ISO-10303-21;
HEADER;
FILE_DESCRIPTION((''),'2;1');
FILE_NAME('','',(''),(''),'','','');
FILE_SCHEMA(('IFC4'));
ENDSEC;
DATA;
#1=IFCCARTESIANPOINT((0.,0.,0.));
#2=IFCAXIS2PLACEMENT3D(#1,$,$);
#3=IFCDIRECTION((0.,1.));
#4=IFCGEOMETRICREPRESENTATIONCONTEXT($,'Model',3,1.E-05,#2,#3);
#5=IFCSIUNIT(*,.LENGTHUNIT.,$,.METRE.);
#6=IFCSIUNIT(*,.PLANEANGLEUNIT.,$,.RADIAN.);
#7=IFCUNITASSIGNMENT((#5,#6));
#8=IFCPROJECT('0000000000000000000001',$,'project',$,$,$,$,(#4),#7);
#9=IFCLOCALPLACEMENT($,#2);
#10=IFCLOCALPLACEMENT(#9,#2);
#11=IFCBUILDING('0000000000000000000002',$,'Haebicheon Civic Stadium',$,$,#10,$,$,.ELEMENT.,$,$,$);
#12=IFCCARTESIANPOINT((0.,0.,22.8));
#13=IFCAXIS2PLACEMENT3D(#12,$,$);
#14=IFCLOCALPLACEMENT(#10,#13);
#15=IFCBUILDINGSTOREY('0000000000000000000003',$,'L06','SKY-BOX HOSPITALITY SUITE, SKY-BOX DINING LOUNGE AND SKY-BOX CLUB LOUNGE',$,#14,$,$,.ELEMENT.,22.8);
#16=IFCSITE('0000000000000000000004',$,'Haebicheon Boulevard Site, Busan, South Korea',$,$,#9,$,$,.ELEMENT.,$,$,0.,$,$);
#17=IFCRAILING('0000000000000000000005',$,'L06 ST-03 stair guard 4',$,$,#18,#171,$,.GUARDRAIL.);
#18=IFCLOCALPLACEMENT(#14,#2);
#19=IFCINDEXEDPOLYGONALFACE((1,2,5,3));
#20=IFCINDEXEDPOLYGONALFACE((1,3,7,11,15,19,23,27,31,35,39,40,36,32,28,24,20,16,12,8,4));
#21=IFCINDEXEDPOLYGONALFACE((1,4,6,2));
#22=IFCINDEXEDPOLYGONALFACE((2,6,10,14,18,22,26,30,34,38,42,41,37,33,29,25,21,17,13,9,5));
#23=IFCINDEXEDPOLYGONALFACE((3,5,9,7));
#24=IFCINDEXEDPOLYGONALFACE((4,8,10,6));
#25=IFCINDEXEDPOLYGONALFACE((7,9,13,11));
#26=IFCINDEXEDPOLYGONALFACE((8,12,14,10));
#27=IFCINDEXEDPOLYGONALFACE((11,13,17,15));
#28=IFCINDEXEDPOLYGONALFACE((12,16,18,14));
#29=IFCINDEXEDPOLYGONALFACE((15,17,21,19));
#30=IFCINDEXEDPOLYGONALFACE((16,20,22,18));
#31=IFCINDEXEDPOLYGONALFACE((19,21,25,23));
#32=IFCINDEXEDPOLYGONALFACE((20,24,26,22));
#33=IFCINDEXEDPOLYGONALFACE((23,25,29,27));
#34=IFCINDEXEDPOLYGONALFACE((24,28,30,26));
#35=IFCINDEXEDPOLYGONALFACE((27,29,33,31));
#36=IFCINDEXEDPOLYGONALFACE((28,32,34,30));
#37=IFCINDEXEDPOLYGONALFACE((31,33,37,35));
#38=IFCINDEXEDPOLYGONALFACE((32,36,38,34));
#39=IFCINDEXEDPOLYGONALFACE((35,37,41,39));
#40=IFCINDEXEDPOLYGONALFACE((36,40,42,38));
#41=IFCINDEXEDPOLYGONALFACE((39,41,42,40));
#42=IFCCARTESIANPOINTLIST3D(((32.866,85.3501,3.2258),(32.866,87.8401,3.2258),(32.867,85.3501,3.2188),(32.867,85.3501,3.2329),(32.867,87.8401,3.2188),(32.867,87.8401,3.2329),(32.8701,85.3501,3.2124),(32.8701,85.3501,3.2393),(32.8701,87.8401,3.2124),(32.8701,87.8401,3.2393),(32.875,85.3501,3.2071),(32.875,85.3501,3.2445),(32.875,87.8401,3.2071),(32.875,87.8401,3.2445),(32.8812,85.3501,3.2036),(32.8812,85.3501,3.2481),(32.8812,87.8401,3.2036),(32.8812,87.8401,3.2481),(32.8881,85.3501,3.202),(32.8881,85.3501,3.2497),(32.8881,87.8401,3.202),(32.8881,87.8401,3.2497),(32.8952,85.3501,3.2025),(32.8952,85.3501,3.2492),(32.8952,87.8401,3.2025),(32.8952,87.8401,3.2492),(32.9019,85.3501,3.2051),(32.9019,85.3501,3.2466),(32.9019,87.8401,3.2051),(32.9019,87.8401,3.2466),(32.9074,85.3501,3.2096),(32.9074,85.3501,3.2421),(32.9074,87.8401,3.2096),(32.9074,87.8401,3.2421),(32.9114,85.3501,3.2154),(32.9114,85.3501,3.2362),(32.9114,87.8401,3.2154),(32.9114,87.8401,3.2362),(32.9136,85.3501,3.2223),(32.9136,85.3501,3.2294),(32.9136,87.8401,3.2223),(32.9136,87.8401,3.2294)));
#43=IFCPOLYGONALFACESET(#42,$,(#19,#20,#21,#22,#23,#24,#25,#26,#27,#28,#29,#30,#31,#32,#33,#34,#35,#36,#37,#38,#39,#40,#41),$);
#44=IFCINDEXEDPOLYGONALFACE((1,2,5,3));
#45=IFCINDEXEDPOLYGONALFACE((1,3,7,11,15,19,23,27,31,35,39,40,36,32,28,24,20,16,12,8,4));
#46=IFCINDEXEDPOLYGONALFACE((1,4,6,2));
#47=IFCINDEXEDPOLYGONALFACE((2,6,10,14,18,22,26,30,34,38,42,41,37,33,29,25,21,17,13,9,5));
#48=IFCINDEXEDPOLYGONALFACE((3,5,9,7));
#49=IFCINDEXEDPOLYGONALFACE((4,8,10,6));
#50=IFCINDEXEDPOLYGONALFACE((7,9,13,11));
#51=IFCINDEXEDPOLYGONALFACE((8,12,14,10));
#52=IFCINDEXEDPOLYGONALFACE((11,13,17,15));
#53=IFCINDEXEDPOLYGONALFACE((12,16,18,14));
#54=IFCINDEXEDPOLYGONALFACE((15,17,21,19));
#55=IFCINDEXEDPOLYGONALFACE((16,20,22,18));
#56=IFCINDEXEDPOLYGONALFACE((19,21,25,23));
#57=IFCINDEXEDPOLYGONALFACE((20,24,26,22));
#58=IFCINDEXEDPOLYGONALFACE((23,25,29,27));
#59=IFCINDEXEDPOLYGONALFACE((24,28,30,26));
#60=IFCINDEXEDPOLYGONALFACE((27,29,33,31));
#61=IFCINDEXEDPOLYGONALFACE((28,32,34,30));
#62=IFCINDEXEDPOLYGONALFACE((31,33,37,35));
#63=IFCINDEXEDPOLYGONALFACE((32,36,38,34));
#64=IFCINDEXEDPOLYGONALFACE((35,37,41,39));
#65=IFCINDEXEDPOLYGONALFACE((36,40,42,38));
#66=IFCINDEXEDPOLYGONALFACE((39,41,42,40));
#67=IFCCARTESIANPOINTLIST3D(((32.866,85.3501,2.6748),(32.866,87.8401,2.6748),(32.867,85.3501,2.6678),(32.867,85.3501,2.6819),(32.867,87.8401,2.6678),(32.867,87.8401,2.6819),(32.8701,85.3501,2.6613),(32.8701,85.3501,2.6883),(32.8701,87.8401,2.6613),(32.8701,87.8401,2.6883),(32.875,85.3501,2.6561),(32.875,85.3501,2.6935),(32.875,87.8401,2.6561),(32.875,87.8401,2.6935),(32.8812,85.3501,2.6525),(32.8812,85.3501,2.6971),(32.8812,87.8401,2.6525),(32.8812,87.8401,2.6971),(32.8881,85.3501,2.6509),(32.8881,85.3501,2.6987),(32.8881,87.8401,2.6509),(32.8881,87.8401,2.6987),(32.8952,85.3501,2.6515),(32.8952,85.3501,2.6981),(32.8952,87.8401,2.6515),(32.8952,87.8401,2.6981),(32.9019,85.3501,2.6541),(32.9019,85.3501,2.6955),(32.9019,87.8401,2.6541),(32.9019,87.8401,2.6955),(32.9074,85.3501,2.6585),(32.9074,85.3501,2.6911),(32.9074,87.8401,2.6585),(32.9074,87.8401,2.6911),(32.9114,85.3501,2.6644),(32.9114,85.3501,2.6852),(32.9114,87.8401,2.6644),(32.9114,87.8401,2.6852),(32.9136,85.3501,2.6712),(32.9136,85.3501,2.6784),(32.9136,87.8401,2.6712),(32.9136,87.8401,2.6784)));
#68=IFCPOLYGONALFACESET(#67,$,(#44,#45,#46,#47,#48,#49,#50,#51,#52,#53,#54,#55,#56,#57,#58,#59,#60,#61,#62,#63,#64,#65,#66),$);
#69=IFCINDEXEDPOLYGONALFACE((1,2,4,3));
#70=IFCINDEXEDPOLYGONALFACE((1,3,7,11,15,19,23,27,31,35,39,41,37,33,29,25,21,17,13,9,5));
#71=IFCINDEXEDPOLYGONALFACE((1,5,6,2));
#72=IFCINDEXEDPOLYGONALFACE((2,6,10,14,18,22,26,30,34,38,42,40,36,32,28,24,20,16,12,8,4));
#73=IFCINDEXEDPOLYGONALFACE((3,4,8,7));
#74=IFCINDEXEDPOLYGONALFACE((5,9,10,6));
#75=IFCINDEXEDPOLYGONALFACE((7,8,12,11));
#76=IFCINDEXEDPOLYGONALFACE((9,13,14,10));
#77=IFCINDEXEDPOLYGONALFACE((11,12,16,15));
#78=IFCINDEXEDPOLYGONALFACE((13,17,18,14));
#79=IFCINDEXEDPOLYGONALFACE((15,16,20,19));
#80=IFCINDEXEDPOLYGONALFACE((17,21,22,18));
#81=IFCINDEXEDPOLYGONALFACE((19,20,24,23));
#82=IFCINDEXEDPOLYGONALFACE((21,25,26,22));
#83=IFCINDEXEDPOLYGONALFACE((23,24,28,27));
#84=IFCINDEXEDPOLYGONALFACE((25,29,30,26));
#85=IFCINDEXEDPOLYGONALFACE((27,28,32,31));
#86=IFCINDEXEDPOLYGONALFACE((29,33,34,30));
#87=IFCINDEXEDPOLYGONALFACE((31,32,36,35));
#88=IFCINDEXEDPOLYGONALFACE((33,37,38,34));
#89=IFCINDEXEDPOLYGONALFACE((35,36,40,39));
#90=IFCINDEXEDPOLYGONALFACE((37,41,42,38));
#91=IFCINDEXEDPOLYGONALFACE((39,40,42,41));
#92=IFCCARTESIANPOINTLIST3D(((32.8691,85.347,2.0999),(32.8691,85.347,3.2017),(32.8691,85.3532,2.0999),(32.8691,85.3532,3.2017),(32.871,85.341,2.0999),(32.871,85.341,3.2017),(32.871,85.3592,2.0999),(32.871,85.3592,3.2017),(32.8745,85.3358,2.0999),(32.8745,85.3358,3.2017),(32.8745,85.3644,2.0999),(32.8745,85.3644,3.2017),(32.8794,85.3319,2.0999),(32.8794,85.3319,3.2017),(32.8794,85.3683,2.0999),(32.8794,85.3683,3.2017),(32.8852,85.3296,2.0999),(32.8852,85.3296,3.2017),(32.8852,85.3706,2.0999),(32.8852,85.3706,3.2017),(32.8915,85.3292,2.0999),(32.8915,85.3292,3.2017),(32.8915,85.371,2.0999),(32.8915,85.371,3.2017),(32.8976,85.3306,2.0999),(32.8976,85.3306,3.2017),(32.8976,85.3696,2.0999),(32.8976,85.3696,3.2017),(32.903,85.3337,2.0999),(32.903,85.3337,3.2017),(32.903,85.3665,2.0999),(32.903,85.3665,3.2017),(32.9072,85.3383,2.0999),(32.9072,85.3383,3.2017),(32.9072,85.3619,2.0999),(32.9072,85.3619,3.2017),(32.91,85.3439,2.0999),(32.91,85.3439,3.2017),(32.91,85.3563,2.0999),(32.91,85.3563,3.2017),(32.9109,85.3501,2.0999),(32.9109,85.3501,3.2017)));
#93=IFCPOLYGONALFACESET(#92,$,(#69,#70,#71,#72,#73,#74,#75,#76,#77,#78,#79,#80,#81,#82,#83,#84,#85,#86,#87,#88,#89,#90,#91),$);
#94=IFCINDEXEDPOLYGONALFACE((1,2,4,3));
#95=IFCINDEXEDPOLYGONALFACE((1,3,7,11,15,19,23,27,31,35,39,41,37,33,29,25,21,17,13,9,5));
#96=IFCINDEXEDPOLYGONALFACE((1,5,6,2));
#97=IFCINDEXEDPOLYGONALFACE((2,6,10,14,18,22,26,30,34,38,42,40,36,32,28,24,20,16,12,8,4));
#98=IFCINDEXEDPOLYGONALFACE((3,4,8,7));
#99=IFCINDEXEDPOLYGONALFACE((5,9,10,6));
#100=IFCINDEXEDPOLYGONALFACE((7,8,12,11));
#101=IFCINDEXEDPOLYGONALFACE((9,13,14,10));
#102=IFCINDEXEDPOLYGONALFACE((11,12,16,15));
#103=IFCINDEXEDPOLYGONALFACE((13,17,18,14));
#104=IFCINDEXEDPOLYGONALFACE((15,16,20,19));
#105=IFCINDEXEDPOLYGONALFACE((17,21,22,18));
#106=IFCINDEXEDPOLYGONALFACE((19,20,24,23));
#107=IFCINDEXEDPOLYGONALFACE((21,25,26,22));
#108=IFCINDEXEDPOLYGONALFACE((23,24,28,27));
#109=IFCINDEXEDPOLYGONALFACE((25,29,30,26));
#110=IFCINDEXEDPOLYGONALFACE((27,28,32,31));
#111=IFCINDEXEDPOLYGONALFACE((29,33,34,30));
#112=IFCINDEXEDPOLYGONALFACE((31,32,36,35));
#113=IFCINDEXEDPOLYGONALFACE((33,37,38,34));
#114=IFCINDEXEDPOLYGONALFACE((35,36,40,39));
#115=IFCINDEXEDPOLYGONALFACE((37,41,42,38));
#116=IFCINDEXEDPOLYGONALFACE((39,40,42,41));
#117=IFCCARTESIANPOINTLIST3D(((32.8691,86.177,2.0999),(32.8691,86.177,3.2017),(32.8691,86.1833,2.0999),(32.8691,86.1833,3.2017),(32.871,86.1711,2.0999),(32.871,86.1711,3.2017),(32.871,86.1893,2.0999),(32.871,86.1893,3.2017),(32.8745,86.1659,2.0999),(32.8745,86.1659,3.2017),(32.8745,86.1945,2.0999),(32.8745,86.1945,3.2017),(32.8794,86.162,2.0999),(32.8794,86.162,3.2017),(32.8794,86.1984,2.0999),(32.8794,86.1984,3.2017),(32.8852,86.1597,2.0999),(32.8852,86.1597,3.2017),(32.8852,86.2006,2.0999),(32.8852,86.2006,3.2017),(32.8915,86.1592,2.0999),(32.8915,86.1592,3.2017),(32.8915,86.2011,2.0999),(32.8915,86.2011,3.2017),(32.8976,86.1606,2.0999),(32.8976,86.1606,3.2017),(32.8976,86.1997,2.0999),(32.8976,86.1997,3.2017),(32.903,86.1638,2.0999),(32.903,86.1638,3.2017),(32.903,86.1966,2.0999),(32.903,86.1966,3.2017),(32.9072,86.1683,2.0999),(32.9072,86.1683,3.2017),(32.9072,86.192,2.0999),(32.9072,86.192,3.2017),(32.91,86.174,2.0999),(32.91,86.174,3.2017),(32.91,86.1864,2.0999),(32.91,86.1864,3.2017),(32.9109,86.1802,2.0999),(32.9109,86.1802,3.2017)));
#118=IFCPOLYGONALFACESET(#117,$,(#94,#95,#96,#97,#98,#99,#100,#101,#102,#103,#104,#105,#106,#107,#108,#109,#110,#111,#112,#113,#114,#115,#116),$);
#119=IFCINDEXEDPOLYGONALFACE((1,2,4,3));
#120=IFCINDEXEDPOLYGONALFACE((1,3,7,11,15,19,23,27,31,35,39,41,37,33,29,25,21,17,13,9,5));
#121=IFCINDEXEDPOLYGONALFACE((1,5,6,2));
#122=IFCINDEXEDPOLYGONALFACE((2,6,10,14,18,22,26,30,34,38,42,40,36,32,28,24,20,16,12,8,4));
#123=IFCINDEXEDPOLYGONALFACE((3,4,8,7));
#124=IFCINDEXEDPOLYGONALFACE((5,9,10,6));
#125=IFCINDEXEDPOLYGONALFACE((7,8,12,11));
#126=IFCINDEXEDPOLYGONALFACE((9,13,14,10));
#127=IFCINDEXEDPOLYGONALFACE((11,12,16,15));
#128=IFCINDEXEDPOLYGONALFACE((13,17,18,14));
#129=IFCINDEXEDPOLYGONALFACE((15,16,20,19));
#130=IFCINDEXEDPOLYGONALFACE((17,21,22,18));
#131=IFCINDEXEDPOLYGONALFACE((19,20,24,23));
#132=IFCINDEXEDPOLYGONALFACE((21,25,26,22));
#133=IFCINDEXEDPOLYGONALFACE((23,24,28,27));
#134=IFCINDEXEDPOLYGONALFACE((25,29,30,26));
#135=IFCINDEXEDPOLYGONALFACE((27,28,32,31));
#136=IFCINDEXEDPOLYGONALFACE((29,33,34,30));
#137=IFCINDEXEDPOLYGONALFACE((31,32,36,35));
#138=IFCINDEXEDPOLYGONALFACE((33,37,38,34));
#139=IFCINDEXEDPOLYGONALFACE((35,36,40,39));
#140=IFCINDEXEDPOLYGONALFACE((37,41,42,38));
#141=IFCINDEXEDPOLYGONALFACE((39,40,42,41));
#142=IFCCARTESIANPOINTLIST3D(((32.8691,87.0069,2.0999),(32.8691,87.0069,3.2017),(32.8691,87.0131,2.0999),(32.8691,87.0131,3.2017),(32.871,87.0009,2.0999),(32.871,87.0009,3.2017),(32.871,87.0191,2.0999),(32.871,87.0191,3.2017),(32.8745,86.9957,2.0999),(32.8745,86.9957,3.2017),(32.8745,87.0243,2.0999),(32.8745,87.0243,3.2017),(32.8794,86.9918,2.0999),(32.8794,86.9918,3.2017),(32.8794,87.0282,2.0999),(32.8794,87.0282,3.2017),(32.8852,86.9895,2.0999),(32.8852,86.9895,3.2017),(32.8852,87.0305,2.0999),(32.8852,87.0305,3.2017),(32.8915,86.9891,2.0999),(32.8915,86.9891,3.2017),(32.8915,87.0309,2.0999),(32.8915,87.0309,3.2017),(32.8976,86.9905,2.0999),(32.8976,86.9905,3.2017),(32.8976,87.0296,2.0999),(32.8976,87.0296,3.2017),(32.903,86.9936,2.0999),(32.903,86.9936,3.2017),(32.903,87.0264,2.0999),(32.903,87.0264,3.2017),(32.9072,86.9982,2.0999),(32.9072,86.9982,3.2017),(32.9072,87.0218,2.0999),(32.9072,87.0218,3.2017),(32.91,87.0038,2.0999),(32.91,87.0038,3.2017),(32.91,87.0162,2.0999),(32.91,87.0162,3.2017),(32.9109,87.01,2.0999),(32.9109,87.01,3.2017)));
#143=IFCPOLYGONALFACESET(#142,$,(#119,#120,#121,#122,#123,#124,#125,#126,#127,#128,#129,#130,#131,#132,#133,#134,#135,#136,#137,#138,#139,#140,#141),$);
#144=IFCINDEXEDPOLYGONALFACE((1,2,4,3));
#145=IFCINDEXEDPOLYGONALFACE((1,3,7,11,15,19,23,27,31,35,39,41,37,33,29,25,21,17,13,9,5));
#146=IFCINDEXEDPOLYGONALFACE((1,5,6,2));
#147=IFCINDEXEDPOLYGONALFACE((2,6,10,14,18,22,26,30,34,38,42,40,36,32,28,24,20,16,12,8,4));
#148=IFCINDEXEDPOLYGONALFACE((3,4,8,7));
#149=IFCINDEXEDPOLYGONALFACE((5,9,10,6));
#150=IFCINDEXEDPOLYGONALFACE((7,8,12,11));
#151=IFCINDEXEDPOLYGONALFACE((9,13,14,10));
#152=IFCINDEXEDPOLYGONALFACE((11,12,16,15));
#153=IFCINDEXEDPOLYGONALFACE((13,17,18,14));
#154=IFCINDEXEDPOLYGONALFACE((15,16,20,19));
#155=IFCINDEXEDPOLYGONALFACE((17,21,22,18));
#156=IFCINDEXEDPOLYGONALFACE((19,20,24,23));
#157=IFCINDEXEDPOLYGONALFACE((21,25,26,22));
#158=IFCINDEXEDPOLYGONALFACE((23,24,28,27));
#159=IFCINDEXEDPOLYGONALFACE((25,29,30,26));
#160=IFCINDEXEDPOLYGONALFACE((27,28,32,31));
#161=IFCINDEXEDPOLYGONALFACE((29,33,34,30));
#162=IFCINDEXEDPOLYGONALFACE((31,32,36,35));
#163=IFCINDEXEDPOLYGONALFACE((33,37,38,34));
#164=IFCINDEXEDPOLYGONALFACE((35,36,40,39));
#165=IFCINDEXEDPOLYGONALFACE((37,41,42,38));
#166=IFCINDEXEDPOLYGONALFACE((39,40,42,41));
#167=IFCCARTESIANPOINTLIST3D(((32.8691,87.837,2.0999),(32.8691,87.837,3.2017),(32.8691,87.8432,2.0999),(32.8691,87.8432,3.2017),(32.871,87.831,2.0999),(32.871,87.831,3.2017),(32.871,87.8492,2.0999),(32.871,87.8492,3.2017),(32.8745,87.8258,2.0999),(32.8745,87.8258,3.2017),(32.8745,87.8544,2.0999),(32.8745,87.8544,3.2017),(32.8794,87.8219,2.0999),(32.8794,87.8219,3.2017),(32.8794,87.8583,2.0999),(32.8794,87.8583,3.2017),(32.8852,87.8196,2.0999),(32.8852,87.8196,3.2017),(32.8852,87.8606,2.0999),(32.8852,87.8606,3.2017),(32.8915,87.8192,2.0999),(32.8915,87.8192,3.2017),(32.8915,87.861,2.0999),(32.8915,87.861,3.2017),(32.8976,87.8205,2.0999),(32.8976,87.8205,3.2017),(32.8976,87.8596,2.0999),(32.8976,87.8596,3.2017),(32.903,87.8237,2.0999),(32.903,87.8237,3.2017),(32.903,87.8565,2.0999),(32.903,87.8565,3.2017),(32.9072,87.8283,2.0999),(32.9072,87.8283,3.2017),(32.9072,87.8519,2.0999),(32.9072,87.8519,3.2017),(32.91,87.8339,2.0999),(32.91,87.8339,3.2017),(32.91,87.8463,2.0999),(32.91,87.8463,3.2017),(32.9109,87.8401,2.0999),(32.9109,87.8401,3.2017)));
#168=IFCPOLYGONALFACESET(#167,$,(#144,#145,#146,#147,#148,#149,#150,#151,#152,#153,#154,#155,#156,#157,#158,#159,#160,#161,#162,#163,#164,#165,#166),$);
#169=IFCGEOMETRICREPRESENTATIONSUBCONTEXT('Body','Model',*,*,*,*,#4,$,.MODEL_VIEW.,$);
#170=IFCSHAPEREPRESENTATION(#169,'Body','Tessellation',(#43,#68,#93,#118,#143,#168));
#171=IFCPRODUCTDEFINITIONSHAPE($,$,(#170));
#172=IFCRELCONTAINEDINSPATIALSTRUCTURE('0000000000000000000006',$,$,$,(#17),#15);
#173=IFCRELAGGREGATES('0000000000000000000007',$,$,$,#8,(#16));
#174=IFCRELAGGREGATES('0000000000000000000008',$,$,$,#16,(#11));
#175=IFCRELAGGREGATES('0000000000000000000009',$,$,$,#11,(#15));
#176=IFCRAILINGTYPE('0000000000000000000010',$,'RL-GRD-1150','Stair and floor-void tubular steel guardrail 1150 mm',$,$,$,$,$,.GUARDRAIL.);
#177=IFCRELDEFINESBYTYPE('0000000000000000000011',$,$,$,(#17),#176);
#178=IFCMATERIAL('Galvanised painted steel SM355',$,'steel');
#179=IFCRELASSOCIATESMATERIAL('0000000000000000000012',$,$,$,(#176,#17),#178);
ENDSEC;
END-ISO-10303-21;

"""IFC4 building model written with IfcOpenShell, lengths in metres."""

from ifc_helpers import new_model, si_unit, direction, frame, origin, origin_2d, place, context, subcontext, project, spatial, circle, extrude, material, type_object, element, save


model = new_model("IFC4")

# Units and contexts
model_context = context("Model", 3, precision=1e-05, world=origin(), true_north=direction((0.0, 1.0)))
body_context = subcontext(model_context, "Body", "Model", "MODEL_VIEW")
ifc_project = project(units=[si_unit("LENGTHUNIT", "METRE"), si_unit("PLANEANGLEUNIT", "RADIAN")], contexts=[model_context])

# Site, building, storey
site_placement = place(None, origin())
site = spatial("IfcSite", under=ifc_project, at=site_placement, Name="Haebicheon Boulevard Site, Busan, South Korea", CompositionType="ELEMENT", RefElevation=0.0)
building_placement = place(site_placement, origin())
building = spatial("IfcBuilding", under=site, at=building_placement, Name="Haebicheon Civic Stadium", CompositionType="ELEMENT")
storey_placement = place(building_placement, frame((0.0, 0.0, 22.8)))
storey = spatial("IfcBuildingStorey", under=building, at=storey_placement, Name="L06", Description="SKY-BOX HOSPITALITY SUITE, SKY-BOX DINING LOUNGE AND SKY-BOX CLUB LOUNGE", CompositionType="ELEMENT", Elevation=22.8)

# Railing
ifc_material_1 = material(Name="Galvanised painted steel SM355", Category="steel")
railing_type_1 = type_object("IfcRailingType", Name="RL-GRD-1150", Description="Stair and floor-void tubular steel guardrail 1150 mm", PredefinedType="GUARDRAIL", material=ifc_material_1)
railing_1_placement = place(storey_placement, frame((32.8899, 85.3501, 2.0999)))
element("IfcRailing", 1, at=railing_1_placement, inside=storey, type_object=railing_type_1, material=ifc_material_1, Name="L06 ST-03 stair guard 4", PredefinedType="GUARDRAIL", context=body_context, shape_type="SweptSolid", body=[
    extrude(circle(Radius=0.0239, at=origin_2d()), frame((0.0, 0.0, 1.126), z_axis=(0.0, 1.0, 0.0), x_axis=(-1.0, 0.0, 0.0)), (0.0, 0.0, 1.0), 2.49),
    extrude(circle(Radius=0.0239, at=origin_2d()), frame((0.0, 0.0, 0.575), z_axis=(0.0, 1.0, 0.0), x_axis=(-1.0, 0.0, 0.0)), (0.0, 0.0, 1.0), 2.49),
    extrude(circle(Radius=0.021, at=origin_2d()), origin(), (0.0, 0.0, 1.0), 1.1018),
    extrude(circle(Radius=0.021, at=origin_2d()), frame((0.0, 0.8301, 0.0)), (0.0, 0.0, 1.0), 1.1018),
    extrude(circle(Radius=0.021, at=origin_2d()), frame((0.0, 1.6599, 0.0)), (0.0, 0.0, 1.0), 1.1018),
    extrude(circle(Radius=0.021, at=origin_2d()), frame((0.0, 2.49, 0.0)), (0.0, 0.0, 1.0), 1.1018),
])

save(model, "model.ifc")
